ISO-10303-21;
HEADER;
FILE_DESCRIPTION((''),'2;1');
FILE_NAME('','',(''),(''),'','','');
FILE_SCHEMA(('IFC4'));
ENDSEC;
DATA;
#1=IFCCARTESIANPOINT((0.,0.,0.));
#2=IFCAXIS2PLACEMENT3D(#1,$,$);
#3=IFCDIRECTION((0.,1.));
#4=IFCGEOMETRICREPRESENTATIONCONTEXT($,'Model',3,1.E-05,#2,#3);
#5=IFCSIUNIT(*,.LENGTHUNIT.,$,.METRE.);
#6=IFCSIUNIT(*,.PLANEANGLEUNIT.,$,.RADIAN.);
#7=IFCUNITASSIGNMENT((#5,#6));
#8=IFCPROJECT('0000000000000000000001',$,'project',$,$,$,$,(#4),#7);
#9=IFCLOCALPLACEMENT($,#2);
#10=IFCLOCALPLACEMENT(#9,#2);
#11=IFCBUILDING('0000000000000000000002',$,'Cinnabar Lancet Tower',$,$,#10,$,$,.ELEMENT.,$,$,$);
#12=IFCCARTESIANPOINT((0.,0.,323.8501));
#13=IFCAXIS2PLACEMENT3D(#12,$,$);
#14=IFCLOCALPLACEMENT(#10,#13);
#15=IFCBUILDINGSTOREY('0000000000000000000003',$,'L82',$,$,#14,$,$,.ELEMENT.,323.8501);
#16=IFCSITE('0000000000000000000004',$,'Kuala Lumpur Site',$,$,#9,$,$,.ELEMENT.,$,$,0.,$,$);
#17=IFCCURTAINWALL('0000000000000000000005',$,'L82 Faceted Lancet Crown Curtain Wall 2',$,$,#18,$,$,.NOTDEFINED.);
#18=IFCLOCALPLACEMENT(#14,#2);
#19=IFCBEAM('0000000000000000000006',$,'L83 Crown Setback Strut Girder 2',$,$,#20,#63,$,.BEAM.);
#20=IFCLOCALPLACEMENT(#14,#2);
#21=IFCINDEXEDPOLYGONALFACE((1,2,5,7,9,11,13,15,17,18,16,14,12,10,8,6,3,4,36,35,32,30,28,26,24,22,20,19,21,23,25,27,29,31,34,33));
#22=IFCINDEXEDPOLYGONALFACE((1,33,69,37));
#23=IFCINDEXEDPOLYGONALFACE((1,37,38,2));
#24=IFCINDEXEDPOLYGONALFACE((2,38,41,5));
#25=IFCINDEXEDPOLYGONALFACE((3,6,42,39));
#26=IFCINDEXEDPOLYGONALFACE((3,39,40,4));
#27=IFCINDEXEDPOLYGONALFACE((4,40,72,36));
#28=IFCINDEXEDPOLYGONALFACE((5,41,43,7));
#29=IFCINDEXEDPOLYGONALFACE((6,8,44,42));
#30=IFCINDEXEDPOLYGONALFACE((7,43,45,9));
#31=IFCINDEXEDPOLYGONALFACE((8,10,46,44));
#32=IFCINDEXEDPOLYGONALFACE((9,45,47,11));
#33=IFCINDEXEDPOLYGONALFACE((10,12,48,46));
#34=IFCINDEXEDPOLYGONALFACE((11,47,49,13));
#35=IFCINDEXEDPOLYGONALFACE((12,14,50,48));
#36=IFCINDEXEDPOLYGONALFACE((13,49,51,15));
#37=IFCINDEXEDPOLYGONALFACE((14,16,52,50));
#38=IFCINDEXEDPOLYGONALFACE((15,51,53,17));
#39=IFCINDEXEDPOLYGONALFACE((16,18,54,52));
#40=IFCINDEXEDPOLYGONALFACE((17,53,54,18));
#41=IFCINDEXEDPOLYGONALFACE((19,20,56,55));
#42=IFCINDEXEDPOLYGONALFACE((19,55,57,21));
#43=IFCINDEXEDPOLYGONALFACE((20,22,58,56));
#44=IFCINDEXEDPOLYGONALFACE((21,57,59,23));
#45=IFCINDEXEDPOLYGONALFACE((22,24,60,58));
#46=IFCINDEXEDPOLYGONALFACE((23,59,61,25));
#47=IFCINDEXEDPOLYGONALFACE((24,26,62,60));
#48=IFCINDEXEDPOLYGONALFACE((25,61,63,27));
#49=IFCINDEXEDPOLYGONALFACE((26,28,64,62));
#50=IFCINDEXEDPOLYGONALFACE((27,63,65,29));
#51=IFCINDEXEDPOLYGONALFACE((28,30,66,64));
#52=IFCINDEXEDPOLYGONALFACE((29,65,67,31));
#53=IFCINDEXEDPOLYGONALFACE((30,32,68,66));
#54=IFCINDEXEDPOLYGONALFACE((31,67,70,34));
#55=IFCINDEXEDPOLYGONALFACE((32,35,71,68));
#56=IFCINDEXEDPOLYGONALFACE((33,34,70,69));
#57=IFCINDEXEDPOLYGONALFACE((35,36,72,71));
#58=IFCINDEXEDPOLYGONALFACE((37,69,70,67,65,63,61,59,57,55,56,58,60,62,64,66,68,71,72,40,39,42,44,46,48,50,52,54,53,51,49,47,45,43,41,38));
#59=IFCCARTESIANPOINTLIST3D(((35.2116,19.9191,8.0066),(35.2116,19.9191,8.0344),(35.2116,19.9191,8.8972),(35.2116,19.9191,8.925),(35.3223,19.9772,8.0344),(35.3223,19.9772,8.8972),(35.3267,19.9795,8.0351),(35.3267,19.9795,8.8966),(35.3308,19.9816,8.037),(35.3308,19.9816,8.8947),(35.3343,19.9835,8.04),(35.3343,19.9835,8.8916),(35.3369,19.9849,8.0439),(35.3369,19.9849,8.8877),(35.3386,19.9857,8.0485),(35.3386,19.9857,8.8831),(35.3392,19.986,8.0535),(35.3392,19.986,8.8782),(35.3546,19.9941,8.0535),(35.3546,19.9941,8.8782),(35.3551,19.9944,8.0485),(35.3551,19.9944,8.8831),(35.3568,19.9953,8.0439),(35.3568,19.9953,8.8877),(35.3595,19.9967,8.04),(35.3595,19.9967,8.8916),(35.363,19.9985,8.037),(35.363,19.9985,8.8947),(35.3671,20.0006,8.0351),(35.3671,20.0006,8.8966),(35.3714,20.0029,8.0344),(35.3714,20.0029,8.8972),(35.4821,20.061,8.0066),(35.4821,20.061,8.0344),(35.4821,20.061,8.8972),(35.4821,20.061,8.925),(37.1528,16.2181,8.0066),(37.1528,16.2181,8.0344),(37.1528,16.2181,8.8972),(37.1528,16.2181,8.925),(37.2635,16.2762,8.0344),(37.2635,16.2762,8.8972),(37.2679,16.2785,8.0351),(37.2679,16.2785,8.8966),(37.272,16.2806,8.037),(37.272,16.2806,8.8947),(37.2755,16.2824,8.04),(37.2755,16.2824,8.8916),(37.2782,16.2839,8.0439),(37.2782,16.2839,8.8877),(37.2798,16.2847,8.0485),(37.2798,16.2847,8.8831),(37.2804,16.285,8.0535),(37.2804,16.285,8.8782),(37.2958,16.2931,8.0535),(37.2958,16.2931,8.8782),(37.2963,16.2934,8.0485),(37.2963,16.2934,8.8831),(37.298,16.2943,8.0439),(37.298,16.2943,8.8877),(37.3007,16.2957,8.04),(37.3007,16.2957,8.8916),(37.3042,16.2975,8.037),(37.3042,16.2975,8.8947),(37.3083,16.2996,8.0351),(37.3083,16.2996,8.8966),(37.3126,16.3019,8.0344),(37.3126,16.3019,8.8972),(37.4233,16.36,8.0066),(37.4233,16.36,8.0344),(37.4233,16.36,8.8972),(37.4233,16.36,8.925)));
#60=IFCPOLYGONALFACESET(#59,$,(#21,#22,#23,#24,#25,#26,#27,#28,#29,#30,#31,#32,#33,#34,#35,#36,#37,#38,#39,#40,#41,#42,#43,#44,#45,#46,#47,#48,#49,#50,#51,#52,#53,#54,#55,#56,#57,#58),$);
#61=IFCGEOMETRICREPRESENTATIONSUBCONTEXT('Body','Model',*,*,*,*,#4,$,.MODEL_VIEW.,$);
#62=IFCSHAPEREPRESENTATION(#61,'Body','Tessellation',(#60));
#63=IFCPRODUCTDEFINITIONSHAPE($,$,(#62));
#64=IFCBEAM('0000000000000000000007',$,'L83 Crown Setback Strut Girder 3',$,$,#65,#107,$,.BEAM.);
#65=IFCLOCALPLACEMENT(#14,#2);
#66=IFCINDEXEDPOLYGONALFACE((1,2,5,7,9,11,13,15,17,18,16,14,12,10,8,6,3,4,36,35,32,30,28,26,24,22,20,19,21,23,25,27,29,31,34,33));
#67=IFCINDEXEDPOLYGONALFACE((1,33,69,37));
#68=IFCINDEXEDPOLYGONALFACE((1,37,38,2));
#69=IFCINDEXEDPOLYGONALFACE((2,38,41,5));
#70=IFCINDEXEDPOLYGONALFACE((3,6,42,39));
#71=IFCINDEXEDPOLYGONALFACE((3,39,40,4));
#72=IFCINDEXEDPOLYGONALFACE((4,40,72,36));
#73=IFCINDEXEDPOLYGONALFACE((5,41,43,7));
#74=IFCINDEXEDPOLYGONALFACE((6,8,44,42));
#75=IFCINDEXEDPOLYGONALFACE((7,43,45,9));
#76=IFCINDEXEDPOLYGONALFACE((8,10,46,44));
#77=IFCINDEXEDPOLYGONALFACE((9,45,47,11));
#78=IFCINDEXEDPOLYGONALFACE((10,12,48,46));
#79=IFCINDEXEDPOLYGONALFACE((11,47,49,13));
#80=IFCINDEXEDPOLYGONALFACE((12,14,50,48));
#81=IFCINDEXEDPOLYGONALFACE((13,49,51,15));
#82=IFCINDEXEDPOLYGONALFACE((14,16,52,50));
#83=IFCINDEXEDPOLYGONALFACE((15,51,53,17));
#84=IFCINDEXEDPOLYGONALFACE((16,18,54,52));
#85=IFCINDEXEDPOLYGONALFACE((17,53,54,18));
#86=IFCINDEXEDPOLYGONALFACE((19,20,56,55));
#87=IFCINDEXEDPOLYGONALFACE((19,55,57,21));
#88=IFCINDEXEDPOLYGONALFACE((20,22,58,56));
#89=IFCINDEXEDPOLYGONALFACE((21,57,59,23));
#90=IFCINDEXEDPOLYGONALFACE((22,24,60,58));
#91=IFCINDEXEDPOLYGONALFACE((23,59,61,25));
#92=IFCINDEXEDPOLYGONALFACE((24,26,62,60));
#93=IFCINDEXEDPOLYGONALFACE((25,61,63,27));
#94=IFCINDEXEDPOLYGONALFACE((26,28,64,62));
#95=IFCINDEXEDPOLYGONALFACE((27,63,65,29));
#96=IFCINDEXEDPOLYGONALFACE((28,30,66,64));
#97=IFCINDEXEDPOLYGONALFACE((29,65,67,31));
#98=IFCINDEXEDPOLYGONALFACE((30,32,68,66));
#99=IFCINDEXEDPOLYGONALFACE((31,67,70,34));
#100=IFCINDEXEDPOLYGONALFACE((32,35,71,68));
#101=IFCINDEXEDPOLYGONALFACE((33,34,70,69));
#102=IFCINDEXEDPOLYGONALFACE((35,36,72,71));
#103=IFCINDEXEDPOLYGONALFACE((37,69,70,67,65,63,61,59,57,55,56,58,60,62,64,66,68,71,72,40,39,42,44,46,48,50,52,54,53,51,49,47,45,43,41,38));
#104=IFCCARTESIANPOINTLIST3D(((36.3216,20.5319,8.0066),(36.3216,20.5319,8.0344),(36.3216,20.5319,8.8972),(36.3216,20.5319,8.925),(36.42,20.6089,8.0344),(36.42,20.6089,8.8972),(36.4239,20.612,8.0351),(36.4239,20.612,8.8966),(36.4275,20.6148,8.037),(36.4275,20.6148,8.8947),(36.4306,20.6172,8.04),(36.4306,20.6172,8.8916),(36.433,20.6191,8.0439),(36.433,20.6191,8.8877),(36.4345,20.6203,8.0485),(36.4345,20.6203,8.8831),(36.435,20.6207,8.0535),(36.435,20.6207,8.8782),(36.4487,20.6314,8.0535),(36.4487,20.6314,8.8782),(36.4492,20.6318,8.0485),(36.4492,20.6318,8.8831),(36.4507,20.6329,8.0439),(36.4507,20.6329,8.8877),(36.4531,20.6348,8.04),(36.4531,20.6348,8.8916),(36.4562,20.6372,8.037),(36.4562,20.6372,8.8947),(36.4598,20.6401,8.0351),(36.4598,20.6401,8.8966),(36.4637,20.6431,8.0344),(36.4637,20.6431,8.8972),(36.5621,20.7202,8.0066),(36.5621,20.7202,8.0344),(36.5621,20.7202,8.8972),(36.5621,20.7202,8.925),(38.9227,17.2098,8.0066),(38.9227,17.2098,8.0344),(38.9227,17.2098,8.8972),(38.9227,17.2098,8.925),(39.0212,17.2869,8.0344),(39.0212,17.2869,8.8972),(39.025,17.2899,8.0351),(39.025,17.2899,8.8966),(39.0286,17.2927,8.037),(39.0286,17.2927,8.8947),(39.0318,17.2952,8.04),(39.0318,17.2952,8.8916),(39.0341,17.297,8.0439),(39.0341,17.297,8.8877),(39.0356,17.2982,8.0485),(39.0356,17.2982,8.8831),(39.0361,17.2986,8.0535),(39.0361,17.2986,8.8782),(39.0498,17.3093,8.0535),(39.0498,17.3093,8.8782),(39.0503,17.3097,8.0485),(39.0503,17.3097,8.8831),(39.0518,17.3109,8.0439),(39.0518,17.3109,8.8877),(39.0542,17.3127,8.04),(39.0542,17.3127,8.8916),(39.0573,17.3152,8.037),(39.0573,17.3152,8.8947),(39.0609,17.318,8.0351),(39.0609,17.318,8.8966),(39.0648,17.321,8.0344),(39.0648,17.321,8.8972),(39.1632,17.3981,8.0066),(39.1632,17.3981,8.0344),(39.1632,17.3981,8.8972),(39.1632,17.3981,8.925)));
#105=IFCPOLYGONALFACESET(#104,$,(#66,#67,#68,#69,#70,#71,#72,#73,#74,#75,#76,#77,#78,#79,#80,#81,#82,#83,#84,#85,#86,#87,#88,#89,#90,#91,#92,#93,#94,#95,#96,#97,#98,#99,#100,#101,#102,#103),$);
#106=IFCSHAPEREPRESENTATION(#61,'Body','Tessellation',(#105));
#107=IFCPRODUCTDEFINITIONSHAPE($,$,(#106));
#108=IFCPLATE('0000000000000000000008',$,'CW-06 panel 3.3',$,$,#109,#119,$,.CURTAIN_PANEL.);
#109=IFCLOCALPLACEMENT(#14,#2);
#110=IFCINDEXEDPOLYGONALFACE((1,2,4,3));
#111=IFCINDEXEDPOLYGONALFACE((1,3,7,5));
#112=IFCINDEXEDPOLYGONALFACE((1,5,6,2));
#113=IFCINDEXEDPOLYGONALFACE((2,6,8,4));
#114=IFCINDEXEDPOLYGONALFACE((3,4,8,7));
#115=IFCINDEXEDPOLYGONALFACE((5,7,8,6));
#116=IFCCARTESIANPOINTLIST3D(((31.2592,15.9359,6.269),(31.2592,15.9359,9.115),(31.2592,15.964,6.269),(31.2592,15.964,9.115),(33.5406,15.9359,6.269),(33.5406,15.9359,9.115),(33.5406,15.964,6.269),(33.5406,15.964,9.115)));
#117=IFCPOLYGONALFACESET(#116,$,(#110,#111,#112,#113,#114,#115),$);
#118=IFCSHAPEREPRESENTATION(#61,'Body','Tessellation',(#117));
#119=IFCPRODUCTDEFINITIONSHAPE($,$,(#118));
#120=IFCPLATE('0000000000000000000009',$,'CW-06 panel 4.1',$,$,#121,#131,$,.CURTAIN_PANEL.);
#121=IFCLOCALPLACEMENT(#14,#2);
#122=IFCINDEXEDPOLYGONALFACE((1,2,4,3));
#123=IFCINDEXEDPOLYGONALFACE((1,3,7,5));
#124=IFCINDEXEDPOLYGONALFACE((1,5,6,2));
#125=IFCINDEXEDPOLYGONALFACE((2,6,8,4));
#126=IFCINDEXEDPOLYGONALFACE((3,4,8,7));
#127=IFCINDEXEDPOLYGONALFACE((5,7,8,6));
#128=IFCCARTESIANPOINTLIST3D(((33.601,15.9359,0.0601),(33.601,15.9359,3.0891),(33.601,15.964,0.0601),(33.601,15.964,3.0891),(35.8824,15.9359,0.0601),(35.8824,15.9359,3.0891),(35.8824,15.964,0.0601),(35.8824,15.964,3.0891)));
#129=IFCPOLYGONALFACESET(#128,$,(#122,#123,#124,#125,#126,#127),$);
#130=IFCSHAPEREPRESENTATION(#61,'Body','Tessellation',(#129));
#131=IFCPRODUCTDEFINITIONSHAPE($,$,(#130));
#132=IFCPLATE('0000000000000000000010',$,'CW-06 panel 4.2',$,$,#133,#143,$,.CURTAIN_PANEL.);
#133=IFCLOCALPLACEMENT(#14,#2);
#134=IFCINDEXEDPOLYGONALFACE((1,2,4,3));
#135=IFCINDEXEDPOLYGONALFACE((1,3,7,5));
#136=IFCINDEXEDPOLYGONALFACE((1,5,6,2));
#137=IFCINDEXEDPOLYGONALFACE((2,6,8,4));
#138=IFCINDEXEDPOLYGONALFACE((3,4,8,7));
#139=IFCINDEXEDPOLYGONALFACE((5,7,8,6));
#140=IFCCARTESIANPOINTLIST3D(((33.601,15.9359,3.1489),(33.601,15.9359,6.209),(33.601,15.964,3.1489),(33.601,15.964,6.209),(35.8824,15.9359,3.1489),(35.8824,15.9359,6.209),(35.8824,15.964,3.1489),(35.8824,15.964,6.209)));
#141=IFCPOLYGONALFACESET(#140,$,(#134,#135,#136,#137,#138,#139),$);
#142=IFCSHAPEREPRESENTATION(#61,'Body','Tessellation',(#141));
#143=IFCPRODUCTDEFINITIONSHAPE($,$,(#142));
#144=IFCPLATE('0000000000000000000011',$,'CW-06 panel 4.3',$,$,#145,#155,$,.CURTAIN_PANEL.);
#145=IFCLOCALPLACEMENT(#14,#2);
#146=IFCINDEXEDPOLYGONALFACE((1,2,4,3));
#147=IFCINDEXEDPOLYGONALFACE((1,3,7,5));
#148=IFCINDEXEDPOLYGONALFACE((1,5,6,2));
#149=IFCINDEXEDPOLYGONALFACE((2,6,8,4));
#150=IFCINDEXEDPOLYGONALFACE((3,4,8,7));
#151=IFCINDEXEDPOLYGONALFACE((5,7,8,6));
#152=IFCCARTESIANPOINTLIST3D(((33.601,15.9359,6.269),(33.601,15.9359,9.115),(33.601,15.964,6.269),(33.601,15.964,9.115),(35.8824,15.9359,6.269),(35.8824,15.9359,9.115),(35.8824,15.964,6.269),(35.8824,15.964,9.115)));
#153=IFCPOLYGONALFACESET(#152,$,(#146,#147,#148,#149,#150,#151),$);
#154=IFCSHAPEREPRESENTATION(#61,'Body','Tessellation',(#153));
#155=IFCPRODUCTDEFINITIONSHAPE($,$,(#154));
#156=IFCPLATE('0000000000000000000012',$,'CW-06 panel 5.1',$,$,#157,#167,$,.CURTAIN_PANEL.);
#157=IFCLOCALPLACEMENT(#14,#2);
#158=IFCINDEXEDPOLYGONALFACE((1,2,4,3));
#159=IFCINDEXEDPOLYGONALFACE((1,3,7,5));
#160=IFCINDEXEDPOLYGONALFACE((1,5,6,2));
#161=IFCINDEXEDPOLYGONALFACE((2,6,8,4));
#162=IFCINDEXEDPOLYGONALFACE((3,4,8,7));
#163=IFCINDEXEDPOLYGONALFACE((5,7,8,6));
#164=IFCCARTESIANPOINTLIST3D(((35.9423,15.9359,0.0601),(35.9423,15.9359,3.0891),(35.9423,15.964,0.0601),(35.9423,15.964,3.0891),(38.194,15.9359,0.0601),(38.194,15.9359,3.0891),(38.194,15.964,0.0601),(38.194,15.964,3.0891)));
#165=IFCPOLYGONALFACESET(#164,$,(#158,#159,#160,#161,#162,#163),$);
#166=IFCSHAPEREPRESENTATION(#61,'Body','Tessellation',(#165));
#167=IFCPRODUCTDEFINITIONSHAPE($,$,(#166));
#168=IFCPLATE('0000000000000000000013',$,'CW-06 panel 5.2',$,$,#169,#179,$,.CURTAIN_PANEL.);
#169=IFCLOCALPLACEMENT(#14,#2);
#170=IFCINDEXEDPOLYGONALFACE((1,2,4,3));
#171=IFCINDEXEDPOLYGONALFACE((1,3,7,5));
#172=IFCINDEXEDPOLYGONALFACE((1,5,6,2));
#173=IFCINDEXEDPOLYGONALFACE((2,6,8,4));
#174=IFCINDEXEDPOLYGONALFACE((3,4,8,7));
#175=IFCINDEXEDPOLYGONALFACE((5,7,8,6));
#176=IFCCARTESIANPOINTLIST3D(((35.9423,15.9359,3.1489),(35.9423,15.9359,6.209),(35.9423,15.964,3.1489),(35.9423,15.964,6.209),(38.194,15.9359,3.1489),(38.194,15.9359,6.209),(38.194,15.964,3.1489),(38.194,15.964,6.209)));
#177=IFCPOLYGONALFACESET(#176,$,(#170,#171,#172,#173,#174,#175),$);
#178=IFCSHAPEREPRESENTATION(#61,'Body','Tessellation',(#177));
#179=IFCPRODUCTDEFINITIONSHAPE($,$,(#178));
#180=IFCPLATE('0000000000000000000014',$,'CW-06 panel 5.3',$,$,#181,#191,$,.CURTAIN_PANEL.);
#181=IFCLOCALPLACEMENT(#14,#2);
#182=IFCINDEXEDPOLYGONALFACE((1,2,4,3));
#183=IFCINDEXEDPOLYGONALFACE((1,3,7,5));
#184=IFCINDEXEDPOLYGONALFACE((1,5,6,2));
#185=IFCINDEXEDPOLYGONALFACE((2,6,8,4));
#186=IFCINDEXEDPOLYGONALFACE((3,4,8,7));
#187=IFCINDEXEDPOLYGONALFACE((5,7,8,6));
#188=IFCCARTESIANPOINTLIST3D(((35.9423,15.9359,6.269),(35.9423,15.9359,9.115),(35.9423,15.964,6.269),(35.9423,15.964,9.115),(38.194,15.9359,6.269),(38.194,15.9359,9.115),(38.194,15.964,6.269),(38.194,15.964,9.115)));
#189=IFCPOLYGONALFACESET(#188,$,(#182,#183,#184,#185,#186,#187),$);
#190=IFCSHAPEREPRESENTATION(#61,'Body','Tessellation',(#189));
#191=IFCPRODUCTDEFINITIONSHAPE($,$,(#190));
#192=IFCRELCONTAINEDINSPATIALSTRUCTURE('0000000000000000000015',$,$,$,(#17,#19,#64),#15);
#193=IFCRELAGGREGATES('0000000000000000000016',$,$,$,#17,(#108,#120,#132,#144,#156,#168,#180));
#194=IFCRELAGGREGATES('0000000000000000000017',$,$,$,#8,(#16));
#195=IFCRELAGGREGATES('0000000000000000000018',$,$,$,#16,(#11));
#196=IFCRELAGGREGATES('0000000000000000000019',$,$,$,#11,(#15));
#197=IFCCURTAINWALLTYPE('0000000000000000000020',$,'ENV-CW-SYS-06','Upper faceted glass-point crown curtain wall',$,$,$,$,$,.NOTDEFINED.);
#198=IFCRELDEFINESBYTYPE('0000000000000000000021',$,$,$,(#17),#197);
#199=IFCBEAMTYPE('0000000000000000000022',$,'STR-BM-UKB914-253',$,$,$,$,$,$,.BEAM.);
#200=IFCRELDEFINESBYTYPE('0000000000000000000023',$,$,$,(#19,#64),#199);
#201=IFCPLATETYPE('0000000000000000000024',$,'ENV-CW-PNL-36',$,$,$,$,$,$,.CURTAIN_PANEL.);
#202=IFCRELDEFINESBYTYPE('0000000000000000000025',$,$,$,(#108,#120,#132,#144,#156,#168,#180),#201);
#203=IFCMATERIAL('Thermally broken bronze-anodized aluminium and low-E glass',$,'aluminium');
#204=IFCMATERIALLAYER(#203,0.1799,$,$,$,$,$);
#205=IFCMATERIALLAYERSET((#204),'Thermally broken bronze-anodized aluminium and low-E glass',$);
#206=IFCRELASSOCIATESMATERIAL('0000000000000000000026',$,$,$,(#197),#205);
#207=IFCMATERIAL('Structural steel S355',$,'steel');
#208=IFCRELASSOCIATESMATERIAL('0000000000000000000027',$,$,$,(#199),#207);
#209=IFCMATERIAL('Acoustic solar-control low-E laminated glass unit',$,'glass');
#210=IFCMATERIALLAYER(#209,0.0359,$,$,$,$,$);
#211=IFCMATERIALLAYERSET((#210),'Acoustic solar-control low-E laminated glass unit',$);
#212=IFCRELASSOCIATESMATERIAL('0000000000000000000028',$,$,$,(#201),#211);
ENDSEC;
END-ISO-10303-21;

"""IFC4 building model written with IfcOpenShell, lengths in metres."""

from ifc_helpers import new_model, si_unit, direction, frame, origin, origin_2d, place, context, subcontext, project, spatial, rectangle, i_section, extrude, material, layer, layer_set, material_profile, profile_set, type_object, element, aggregate, save


model = new_model("IFC4")

# Units and contexts
model_context = context("Model", 3, precision=1e-05, world=origin(), true_north=direction((0.0, 1.0)))
body_context = subcontext(model_context, "Body", "Model", "MODEL_VIEW")
ifc_project = project(units=[si_unit("LENGTHUNIT", "METRE"), si_unit("PLANEANGLEUNIT", "RADIAN")], contexts=[model_context])

# Site, building, storey
site_placement = place(None, origin())
site = spatial("IfcSite", under=ifc_project, at=site_placement, Name="Kuala Lumpur Site", CompositionType="ELEMENT", RefElevation=0.0)
building_placement = place(site_placement, origin())
building = spatial("IfcBuilding", under=site, at=building_placement, Name="Cinnabar Lancet Tower", CompositionType="ELEMENT")
storey_placement = place(building_placement, frame((0.0, 0.0, 323.8501)))
storey = spatial("IfcBuildingStorey", under=building, at=storey_placement, Name="L82", CompositionType="ELEMENT", Elevation=323.8501)

# Curtain wall
ifc_material_1 = material(Name="Thermally broken bronze-anodized aluminium and low-E glass", Category="aluminium")
ifc_layer_1 = layer(ifc_material_1, 0.1799)
ifc_layer_set_1 = layer_set([ifc_layer_1], Name="Thermally broken bronze-anodized aluminium and low-E glass")
curtain_wall_type = type_object("IfcCurtainWallType", Name="ENV-CW-SYS-06", Description="Upper faceted glass-point crown curtain wall", PredefinedType="NOTDEFINED", material=ifc_layer_set_1)
curtain_wall_1_placement = place(storey_placement, origin())
curtain_wall_1 = element("IfcCurtainWall", 1, at=curtain_wall_1_placement, inside=storey, type_object=curtain_wall_type, Name="L82 Faceted Lancet Crown Curtain Wall 2", PredefinedType="NOTDEFINED")

# Beams
ifc_material_2 = material(Name="Structural steel S355", Category="steel")
ifc_material_profile_1 = material_profile(ifc_material_2, i_section(OverallWidth=0.3054, OverallDepth=0.9185, WebThickness=0.0173, FlangeThickness=0.0278, FilletRadius=0.019, at=origin_2d()), Name="UKB 914x305x253")
ifc_profile_set_1 = profile_set([ifc_material_profile_1], Name="Structural steel S355")
beam_type = type_object("IfcBeamType", Name="STR-BM-UKB914-253", PredefinedType="BEAM", material=ifc_profile_set_1)
beam_1_placement = place(storey_placement, frame((37.2881, 16.2891, 8.4658), z_axis=(-0.464492, 0.885578, 0.0), x_axis=(-0.885578, -0.464492, 0.0)))
element("IfcBeam", 2, at=beam_1_placement, inside=storey, type_object=beam_type, Name="L83 Crown Setback Strut Girder 2", PredefinedType="BEAM", context=body_context, shape_type="SweptSolid", body=[
    extrude(i_section(OverallWidth=0.3054, OverallDepth=0.9185, WebThickness=0.0173, FlangeThickness=0.0278, FilletRadius=0.019, at=origin_2d()), origin(), (0.0, 0.0, 1.0), 4.1792),
])
beam_2_placement = place(storey_placement, frame((39.043, 17.304, 8.4658), z_axis=(-0.616489, 0.787363, 0.0), x_axis=(-0.787363, -0.616489, 0.0)))
element("IfcBeam", 3, at=beam_2_placement, inside=storey, type_object=beam_type, Name="L83 Crown Setback Strut Girder 3", PredefinedType="BEAM", context=body_context, shape_type="SweptSolid", body=[
    extrude(i_section(OverallWidth=0.3054, OverallDepth=0.9185, WebThickness=0.0173, FlangeThickness=0.0278, FilletRadius=0.019, at=origin_2d()), origin(), (0.0, 0.0, 1.0), 4.2192),
])

# Plates
ifc_material_3 = material(Name="Acoustic solar-control low-E laminated glass unit", Category="glass")
ifc_layer_2 = layer(ifc_material_3, 0.0359)
ifc_layer_set_2 = layer_set([ifc_layer_2], Name="Acoustic solar-control low-E laminated glass unit")
plate_type = type_object("IfcPlateType", Name="ENV-CW-PNL-36", PredefinedType="CURTAIN_PANEL", material=ifc_layer_set_2)
plate_1_placement = place(storey_placement, frame((32.3999, 15.95, 6.269), z_axis=(0.0, 0.0, 1.0), x_axis=(1.0, 0.0, 0.0)))
plate_1 = element("IfcPlate", 4, at=plate_1_placement, type_object=plate_type, Name="CW-06 panel 3.3", PredefinedType="CURTAIN_PANEL", context=body_context, shape_type="SweptSolid", body=[
    extrude(rectangle(XDim=2.2815, YDim=0.0281, at=origin_2d()), origin(), (0.0, 0.0, 1.0), 2.8459),
])
plate_2_placement = place(storey_placement, frame((34.7417, 15.95, 0.0601), z_axis=(0.0, 0.0, 1.0), x_axis=(1.0, 0.0, 0.0)))
plate_2 = element("IfcPlate", 5, at=plate_2_placement, type_object=plate_type, Name="CW-06 panel 4.1", PredefinedType="CURTAIN_PANEL", context=body_context, shape_type="SweptSolid", body=[
    extrude(rectangle(XDim=2.2815, YDim=0.0281, at=origin_2d()), origin(), (0.0, 0.0, 1.0), 3.0291),
])
plate_3_placement = place(storey_placement, frame((34.7417, 15.95, 3.1489), z_axis=(0.0, 0.0, 1.0), x_axis=(1.0, 0.0, 0.0)))
plate_3 = element("IfcPlate", 6, at=plate_3_placement, type_object=plate_type, Name="CW-06 panel 4.2", PredefinedType="CURTAIN_PANEL", context=body_context, shape_type="SweptSolid", body=[
    extrude(rectangle(XDim=2.2815, YDim=0.0281, at=origin_2d()), origin(), (0.0, 0.0, 1.0), 3.0601),
])
plate_4_placement = place(storey_placement, frame((34.7417, 15.95, 6.269), z_axis=(0.0, 0.0, 1.0), x_axis=(1.0, 0.0, 0.0)))
plate_4 = element("IfcPlate", 7, at=plate_4_placement, type_object=plate_type, Name="CW-06 panel 4.3", PredefinedType="CURTAIN_PANEL", context=body_context, shape_type="SweptSolid", body=[
    extrude(rectangle(XDim=2.2815, YDim=0.0281, at=origin_2d()), origin(), (0.0, 0.0, 1.0), 2.8459),
])
plate_5_placement = place(storey_placement, frame((37.0681, 15.95, 0.0601), z_axis=(0.0, 0.0, 1.0), x_axis=(1.0, 0.0, 0.0)))
plate_5 = element("IfcPlate", 8, at=plate_5_placement, type_object=plate_type, Name="CW-06 panel 5.1", PredefinedType="CURTAIN_PANEL", context=body_context, shape_type="SweptSolid", body=[
    extrude(rectangle(XDim=2.2517, YDim=0.0281, at=origin_2d()), origin(), (0.0, 0.0, 1.0), 3.0291),
])
plate_6_placement = place(storey_placement, frame((37.0681, 15.95, 3.1489), z_axis=(0.0, 0.0, 1.0), x_axis=(1.0, 0.0, 0.0)))
plate_6 = element("IfcPlate", 9, at=plate_6_placement, type_object=plate_type, Name="CW-06 panel 5.2", PredefinedType="CURTAIN_PANEL", context=body_context, shape_type="SweptSolid", body=[
    extrude(rectangle(XDim=2.2517, YDim=0.0281, at=origin_2d()), origin(), (0.0, 0.0, 1.0), 3.0601),
])
plate_7_placement = place(storey_placement, frame((37.0681, 15.95, 6.269), z_axis=(0.0, 0.0, 1.0), x_axis=(1.0, 0.0, 0.0)))
plate_7 = element("IfcPlate", 10, at=plate_7_placement, type_object=plate_type, Name="CW-06 panel 5.3", PredefinedType="CURTAIN_PANEL", context=body_context, shape_type="SweptSolid", body=[
    extrude(rectangle(XDim=2.2517, YDim=0.0281, at=origin_2d()), origin(), (0.0, 0.0, 1.0), 2.8459),
])
aggregate(curtain_wall_1, [plate_1, plate_2, plate_3, plate_4, plate_5, plate_6, plate_7])

save(model, "model.ifc")
